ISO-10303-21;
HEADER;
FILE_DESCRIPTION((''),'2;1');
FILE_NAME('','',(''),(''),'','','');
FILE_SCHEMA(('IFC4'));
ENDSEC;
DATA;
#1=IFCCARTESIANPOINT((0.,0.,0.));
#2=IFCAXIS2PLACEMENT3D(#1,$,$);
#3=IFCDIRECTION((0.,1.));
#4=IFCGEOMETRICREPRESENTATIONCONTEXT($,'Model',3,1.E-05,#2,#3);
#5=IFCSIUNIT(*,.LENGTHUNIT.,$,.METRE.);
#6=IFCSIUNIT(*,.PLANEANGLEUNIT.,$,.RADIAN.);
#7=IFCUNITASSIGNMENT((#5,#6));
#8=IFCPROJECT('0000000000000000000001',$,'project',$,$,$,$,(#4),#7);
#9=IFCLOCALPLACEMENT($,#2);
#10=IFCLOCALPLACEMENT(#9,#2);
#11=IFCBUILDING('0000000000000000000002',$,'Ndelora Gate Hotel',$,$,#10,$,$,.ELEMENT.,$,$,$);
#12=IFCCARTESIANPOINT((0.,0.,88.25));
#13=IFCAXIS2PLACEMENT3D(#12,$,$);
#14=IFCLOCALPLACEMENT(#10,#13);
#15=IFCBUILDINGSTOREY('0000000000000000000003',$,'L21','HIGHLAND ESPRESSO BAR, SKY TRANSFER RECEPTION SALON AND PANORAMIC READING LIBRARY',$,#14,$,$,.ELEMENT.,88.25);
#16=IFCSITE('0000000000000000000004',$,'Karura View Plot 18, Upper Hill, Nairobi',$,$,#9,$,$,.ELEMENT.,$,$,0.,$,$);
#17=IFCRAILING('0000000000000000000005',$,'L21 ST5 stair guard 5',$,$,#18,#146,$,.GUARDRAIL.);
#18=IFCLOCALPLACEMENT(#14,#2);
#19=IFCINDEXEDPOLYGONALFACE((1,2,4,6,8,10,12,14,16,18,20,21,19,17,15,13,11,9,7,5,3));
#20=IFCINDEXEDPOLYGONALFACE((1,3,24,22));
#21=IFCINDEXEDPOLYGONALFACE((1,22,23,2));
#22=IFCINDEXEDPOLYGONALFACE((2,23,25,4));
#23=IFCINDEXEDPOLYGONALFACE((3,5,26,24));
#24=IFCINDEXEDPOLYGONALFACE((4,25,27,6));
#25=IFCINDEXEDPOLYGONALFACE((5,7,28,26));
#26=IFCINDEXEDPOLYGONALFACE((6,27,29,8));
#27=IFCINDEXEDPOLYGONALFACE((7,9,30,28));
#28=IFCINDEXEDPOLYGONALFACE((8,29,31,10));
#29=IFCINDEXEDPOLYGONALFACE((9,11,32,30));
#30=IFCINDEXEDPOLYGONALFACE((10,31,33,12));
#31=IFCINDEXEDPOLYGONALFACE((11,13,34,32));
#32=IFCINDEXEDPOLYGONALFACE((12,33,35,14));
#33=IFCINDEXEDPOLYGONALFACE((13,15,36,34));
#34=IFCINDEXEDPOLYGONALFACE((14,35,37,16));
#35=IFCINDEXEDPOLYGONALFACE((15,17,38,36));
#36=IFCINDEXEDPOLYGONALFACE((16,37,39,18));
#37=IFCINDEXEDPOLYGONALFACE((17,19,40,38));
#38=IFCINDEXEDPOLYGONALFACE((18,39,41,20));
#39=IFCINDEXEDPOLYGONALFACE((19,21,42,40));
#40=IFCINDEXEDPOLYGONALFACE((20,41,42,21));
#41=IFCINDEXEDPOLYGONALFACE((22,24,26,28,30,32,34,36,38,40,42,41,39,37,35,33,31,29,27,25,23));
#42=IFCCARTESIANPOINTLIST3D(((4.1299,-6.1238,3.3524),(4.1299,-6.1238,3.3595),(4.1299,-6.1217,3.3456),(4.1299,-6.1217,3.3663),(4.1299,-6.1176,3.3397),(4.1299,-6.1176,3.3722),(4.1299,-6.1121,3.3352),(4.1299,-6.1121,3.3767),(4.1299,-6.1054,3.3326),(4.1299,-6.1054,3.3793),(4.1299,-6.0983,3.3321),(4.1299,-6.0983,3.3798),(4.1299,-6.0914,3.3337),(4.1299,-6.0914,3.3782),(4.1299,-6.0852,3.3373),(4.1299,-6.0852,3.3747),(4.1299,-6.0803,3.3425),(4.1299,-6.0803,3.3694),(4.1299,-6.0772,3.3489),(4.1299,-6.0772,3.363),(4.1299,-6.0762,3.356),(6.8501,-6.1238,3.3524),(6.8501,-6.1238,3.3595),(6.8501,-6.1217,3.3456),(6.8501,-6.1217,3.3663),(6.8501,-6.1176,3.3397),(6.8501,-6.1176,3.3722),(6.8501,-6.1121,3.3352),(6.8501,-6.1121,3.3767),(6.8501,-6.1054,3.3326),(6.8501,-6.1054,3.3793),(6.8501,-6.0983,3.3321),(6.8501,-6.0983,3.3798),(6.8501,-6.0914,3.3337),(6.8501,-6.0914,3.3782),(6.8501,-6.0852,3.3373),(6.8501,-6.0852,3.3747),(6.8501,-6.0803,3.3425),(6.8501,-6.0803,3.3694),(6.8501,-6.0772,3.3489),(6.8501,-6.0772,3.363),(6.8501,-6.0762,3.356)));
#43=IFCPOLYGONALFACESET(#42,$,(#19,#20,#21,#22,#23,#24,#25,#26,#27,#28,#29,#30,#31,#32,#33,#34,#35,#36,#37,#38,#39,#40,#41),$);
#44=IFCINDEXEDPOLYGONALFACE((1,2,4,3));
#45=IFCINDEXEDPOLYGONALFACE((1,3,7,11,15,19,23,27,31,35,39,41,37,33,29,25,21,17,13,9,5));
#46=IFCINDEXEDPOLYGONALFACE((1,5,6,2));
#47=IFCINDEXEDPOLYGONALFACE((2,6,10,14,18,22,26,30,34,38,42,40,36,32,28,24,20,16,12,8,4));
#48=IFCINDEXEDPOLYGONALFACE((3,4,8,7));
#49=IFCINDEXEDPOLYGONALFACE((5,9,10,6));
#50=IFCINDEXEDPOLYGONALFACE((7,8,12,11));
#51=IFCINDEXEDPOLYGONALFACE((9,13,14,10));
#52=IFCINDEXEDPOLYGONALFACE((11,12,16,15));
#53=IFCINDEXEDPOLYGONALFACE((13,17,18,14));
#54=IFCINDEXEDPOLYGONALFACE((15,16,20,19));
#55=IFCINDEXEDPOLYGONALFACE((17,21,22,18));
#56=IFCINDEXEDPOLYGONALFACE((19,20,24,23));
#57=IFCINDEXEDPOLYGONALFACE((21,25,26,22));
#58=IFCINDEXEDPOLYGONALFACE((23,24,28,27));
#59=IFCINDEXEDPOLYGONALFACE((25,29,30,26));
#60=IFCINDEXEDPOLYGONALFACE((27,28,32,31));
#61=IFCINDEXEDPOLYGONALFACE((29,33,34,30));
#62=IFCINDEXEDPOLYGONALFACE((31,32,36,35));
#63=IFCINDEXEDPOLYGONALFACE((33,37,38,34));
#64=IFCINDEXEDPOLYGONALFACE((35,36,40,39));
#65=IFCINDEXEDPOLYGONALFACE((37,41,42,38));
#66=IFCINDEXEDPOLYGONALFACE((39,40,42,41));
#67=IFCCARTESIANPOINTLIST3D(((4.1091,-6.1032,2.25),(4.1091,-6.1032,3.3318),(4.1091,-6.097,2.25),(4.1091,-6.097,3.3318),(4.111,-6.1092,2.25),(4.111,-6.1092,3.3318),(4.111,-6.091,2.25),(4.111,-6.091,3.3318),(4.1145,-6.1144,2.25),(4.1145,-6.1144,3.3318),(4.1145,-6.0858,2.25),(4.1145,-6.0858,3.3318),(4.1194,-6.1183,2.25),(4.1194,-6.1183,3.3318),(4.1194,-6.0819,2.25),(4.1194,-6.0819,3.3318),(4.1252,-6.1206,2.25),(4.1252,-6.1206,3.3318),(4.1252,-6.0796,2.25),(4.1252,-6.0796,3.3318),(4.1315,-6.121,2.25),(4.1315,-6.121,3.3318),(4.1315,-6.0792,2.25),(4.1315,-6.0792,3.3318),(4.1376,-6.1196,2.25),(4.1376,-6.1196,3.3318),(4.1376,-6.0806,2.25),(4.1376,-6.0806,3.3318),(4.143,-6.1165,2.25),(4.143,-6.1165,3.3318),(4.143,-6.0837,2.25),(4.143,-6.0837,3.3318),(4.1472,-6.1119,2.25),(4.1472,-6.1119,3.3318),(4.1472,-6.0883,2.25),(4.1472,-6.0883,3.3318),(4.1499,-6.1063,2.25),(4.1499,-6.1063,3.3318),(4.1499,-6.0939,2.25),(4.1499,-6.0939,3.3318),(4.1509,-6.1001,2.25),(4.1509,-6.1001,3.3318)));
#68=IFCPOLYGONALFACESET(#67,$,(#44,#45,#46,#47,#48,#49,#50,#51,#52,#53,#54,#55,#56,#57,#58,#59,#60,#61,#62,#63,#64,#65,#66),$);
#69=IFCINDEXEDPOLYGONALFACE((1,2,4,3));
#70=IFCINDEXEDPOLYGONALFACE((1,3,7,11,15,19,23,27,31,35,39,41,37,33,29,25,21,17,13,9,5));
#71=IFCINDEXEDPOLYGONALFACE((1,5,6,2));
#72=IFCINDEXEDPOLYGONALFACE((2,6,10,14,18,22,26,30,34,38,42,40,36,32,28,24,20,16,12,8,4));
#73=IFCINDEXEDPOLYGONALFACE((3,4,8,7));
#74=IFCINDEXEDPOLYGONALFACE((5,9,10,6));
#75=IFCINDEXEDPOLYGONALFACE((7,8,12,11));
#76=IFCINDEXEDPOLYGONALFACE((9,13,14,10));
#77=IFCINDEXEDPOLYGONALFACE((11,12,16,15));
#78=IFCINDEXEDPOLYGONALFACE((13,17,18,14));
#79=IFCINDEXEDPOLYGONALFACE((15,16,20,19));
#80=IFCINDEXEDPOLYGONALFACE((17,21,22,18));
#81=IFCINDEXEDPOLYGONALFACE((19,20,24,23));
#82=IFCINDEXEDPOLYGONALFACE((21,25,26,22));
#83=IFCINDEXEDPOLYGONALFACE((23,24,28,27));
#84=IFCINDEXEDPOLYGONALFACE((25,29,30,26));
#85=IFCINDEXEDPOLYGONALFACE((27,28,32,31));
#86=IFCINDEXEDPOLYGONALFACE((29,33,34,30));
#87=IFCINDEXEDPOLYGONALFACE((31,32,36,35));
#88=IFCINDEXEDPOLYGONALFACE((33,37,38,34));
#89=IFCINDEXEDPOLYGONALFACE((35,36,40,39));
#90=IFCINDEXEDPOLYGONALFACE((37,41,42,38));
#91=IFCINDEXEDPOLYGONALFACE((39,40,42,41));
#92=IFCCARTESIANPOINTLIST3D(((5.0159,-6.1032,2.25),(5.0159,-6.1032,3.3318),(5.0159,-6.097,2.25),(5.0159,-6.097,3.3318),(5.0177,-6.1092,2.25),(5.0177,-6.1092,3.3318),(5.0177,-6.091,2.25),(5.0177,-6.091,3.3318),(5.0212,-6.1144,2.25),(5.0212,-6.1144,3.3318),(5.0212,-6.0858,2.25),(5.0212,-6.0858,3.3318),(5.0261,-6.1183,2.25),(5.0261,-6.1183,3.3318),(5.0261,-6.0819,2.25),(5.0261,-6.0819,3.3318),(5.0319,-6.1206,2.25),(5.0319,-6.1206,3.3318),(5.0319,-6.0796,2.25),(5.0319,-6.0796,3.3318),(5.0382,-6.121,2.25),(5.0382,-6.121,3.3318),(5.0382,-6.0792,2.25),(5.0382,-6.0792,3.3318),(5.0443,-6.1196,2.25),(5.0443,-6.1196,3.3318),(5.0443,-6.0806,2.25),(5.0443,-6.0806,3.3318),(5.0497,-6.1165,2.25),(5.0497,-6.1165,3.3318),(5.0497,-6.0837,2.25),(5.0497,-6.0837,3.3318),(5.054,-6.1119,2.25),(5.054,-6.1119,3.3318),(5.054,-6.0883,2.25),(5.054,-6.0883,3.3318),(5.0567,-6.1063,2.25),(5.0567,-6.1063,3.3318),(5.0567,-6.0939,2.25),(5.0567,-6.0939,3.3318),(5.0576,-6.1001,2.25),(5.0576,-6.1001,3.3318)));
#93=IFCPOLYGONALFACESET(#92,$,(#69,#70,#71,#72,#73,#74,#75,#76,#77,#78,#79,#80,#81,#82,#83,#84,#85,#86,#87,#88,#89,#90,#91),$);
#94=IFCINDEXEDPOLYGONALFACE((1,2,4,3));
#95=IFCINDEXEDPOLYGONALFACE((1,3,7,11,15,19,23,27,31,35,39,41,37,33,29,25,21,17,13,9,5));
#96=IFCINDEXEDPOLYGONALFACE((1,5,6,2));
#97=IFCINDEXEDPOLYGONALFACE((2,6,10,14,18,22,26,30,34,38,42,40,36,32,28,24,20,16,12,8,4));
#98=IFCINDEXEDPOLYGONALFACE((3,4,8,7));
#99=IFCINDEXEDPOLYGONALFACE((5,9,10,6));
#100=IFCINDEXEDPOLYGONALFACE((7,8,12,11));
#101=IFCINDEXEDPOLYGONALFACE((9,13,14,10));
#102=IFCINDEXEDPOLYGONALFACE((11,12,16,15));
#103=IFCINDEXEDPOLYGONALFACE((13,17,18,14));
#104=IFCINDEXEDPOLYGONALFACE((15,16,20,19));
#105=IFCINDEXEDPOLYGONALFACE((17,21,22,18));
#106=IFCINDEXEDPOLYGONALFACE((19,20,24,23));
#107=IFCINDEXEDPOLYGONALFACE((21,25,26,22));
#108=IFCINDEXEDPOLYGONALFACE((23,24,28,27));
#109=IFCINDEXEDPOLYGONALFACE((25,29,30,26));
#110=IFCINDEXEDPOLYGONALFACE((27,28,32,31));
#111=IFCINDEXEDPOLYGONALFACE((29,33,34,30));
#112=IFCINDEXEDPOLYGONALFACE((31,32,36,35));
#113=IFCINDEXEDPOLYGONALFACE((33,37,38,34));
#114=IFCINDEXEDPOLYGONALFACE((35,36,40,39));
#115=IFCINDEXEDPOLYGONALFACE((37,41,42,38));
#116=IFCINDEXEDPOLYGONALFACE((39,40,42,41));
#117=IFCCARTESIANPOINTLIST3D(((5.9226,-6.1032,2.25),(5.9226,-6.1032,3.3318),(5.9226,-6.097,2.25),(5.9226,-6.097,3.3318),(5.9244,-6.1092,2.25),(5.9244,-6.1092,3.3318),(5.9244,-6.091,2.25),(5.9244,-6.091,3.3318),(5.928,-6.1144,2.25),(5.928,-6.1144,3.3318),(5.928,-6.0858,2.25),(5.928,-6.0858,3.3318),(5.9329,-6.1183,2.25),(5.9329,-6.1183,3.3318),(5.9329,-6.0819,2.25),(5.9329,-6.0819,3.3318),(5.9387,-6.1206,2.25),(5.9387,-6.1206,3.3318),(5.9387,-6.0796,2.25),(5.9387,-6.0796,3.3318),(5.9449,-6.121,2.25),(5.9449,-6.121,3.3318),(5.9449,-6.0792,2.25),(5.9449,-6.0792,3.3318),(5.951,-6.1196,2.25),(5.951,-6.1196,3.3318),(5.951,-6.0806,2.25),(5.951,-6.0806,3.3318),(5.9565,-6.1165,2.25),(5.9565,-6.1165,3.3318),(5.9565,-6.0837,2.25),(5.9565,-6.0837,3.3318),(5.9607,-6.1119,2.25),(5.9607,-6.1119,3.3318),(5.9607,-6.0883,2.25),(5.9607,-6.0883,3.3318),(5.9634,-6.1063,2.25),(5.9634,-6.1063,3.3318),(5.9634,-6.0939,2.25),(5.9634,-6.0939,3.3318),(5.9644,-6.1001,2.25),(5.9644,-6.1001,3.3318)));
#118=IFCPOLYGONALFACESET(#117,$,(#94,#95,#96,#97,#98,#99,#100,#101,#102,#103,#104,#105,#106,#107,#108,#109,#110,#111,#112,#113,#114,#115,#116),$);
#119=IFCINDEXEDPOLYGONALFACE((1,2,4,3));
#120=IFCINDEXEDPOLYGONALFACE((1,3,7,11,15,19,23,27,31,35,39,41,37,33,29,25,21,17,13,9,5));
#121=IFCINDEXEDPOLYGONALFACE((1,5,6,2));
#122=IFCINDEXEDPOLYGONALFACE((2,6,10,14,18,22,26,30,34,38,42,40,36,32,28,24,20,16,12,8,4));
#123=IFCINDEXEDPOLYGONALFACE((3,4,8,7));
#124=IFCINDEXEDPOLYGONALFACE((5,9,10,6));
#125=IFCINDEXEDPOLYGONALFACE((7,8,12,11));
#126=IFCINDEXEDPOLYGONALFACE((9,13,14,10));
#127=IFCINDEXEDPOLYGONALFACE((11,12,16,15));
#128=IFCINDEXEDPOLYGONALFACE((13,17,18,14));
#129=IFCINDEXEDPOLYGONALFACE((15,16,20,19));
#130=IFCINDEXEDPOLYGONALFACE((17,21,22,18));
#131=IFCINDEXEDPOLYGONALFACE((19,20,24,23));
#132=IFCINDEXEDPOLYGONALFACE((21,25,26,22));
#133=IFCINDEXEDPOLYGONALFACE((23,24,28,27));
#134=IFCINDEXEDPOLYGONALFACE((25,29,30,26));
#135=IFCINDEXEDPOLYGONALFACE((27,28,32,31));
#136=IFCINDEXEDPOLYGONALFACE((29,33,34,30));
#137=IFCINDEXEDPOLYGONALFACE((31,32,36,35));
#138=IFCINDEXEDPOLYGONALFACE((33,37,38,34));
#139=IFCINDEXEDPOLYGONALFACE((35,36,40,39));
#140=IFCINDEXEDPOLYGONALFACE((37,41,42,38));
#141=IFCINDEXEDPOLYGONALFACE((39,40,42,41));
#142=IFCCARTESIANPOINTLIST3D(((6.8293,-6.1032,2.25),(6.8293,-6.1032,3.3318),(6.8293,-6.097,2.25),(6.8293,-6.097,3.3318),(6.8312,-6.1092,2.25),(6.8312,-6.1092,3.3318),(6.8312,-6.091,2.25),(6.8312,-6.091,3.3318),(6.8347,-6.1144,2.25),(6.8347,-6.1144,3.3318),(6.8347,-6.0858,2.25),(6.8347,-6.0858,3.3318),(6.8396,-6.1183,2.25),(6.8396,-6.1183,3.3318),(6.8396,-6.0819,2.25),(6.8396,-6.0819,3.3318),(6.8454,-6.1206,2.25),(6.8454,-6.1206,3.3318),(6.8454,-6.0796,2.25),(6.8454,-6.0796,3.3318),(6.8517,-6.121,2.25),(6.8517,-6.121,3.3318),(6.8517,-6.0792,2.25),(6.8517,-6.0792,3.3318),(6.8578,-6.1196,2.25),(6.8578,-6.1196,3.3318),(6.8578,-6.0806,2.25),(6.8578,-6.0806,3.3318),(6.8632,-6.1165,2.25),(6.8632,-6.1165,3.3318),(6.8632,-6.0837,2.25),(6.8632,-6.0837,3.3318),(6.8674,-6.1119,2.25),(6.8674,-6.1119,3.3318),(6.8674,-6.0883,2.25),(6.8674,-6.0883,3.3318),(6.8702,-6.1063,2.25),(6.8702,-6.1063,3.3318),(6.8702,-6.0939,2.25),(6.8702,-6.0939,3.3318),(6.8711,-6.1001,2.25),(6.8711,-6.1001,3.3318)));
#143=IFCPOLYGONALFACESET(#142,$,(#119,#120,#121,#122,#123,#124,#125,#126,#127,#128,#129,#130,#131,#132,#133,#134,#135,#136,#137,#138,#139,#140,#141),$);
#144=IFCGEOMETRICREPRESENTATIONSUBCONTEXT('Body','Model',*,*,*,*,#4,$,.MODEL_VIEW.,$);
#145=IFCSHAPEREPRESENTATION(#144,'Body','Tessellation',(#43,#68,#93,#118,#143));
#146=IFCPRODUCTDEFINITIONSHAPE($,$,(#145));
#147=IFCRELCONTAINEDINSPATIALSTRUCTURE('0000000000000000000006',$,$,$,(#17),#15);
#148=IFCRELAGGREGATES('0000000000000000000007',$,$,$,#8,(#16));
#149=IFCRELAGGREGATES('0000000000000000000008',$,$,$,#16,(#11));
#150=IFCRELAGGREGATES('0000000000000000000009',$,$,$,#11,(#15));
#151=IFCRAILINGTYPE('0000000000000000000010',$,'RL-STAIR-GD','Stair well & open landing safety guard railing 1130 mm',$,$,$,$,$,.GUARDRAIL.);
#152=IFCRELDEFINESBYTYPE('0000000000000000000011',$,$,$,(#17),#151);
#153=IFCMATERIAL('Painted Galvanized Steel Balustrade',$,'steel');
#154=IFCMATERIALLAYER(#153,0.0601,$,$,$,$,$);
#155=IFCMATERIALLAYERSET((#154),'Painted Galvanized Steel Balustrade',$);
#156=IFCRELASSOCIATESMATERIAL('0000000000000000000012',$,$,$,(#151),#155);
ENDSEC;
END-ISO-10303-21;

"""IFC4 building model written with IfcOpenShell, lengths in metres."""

from ifc_helpers import new_model, si_unit, direction, frame, origin, origin_2d, place, context, subcontext, project, spatial, circle, extrude, material, layer, layer_set, type_object, element, save


model = new_model("IFC4")

# Units and contexts
model_context = context("Model", 3, precision=1e-05, world=origin(), true_north=direction((0.0, 1.0)))
body_context = subcontext(model_context, "Body", "Model", "MODEL_VIEW")
ifc_project = project(units=[si_unit("LENGTHUNIT", "METRE"), si_unit("PLANEANGLEUNIT", "RADIAN")], contexts=[model_context])

# Site, building, storey
site_placement = place(None, origin())
site = spatial("IfcSite", under=ifc_project, at=site_placement, Name="Karura View Plot 18, Upper Hill, Nairobi", CompositionType="ELEMENT", RefElevation=0.0)
building_placement = place(site_placement, origin())
building = spatial("IfcBuilding", under=site, at=building_placement, Name="Ndelora Gate Hotel", CompositionType="ELEMENT")
storey_placement = place(building_placement, frame((0.0, 0.0, 88.25)))
storey = spatial("IfcBuildingStorey", under=building, at=storey_placement, Name="L21", Description="HIGHLAND ESPRESSO BAR, SKY TRANSFER RECEPTION SALON AND PANORAMIC READING LIBRARY", CompositionType="ELEMENT", Elevation=88.25)

# Railing
ifc_material_1 = material(Name="Painted Galvanized Steel Balustrade", Category="steel")
ifc_layer_1 = layer(ifc_material_1, 0.0601)
ifc_layer_set_1 = layer_set([ifc_layer_1], Name="Painted Galvanized Steel Balustrade")
railing_type_1 = type_object("IfcRailingType", Name="RL-STAIR-GD", Description="Stair well & open landing safety guard railing 1130 mm", PredefinedType="GUARDRAIL", material=ifc_layer_set_1)
railing_1_placement = place(storey_placement, frame((4.1299, -6.1001, 2.25)))
element("IfcRailing", 1, at=railing_1_placement, inside=storey, type_object=railing_type_1, Name="L21 ST5 stair guard 5", PredefinedType="GUARDRAIL", context=body_context, shape_type="SweptSolid", body=[
    extrude(circle(Radius=0.0239, at=origin_2d()), frame((0.0, 0.0, 1.106), z_axis=(1.0, 0.0, 0.0), x_axis=(0.0, 1.0, 0.0)), (0.0, 0.0, 1.0), 2.7202),
    extrude(circle(Radius=0.021, at=origin_2d()), origin(), (0.0, 0.0, 1.0), 1.0818),
    extrude(circle(Radius=0.021, at=origin_2d()), frame((0.9067, 0.0, 0.0)), (0.0, 0.0, 1.0), 1.0818),
    extrude(circle(Radius=0.021, at=origin_2d()), frame((1.8135, 0.0, 0.0)), (0.0, 0.0, 1.0), 1.0818),
    extrude(circle(Radius=0.021, at=origin_2d()), frame((2.7202, 0.0, 0.0)), (0.0, 0.0, 1.0), 1.0818),
])

save(model, "model.ifc")
